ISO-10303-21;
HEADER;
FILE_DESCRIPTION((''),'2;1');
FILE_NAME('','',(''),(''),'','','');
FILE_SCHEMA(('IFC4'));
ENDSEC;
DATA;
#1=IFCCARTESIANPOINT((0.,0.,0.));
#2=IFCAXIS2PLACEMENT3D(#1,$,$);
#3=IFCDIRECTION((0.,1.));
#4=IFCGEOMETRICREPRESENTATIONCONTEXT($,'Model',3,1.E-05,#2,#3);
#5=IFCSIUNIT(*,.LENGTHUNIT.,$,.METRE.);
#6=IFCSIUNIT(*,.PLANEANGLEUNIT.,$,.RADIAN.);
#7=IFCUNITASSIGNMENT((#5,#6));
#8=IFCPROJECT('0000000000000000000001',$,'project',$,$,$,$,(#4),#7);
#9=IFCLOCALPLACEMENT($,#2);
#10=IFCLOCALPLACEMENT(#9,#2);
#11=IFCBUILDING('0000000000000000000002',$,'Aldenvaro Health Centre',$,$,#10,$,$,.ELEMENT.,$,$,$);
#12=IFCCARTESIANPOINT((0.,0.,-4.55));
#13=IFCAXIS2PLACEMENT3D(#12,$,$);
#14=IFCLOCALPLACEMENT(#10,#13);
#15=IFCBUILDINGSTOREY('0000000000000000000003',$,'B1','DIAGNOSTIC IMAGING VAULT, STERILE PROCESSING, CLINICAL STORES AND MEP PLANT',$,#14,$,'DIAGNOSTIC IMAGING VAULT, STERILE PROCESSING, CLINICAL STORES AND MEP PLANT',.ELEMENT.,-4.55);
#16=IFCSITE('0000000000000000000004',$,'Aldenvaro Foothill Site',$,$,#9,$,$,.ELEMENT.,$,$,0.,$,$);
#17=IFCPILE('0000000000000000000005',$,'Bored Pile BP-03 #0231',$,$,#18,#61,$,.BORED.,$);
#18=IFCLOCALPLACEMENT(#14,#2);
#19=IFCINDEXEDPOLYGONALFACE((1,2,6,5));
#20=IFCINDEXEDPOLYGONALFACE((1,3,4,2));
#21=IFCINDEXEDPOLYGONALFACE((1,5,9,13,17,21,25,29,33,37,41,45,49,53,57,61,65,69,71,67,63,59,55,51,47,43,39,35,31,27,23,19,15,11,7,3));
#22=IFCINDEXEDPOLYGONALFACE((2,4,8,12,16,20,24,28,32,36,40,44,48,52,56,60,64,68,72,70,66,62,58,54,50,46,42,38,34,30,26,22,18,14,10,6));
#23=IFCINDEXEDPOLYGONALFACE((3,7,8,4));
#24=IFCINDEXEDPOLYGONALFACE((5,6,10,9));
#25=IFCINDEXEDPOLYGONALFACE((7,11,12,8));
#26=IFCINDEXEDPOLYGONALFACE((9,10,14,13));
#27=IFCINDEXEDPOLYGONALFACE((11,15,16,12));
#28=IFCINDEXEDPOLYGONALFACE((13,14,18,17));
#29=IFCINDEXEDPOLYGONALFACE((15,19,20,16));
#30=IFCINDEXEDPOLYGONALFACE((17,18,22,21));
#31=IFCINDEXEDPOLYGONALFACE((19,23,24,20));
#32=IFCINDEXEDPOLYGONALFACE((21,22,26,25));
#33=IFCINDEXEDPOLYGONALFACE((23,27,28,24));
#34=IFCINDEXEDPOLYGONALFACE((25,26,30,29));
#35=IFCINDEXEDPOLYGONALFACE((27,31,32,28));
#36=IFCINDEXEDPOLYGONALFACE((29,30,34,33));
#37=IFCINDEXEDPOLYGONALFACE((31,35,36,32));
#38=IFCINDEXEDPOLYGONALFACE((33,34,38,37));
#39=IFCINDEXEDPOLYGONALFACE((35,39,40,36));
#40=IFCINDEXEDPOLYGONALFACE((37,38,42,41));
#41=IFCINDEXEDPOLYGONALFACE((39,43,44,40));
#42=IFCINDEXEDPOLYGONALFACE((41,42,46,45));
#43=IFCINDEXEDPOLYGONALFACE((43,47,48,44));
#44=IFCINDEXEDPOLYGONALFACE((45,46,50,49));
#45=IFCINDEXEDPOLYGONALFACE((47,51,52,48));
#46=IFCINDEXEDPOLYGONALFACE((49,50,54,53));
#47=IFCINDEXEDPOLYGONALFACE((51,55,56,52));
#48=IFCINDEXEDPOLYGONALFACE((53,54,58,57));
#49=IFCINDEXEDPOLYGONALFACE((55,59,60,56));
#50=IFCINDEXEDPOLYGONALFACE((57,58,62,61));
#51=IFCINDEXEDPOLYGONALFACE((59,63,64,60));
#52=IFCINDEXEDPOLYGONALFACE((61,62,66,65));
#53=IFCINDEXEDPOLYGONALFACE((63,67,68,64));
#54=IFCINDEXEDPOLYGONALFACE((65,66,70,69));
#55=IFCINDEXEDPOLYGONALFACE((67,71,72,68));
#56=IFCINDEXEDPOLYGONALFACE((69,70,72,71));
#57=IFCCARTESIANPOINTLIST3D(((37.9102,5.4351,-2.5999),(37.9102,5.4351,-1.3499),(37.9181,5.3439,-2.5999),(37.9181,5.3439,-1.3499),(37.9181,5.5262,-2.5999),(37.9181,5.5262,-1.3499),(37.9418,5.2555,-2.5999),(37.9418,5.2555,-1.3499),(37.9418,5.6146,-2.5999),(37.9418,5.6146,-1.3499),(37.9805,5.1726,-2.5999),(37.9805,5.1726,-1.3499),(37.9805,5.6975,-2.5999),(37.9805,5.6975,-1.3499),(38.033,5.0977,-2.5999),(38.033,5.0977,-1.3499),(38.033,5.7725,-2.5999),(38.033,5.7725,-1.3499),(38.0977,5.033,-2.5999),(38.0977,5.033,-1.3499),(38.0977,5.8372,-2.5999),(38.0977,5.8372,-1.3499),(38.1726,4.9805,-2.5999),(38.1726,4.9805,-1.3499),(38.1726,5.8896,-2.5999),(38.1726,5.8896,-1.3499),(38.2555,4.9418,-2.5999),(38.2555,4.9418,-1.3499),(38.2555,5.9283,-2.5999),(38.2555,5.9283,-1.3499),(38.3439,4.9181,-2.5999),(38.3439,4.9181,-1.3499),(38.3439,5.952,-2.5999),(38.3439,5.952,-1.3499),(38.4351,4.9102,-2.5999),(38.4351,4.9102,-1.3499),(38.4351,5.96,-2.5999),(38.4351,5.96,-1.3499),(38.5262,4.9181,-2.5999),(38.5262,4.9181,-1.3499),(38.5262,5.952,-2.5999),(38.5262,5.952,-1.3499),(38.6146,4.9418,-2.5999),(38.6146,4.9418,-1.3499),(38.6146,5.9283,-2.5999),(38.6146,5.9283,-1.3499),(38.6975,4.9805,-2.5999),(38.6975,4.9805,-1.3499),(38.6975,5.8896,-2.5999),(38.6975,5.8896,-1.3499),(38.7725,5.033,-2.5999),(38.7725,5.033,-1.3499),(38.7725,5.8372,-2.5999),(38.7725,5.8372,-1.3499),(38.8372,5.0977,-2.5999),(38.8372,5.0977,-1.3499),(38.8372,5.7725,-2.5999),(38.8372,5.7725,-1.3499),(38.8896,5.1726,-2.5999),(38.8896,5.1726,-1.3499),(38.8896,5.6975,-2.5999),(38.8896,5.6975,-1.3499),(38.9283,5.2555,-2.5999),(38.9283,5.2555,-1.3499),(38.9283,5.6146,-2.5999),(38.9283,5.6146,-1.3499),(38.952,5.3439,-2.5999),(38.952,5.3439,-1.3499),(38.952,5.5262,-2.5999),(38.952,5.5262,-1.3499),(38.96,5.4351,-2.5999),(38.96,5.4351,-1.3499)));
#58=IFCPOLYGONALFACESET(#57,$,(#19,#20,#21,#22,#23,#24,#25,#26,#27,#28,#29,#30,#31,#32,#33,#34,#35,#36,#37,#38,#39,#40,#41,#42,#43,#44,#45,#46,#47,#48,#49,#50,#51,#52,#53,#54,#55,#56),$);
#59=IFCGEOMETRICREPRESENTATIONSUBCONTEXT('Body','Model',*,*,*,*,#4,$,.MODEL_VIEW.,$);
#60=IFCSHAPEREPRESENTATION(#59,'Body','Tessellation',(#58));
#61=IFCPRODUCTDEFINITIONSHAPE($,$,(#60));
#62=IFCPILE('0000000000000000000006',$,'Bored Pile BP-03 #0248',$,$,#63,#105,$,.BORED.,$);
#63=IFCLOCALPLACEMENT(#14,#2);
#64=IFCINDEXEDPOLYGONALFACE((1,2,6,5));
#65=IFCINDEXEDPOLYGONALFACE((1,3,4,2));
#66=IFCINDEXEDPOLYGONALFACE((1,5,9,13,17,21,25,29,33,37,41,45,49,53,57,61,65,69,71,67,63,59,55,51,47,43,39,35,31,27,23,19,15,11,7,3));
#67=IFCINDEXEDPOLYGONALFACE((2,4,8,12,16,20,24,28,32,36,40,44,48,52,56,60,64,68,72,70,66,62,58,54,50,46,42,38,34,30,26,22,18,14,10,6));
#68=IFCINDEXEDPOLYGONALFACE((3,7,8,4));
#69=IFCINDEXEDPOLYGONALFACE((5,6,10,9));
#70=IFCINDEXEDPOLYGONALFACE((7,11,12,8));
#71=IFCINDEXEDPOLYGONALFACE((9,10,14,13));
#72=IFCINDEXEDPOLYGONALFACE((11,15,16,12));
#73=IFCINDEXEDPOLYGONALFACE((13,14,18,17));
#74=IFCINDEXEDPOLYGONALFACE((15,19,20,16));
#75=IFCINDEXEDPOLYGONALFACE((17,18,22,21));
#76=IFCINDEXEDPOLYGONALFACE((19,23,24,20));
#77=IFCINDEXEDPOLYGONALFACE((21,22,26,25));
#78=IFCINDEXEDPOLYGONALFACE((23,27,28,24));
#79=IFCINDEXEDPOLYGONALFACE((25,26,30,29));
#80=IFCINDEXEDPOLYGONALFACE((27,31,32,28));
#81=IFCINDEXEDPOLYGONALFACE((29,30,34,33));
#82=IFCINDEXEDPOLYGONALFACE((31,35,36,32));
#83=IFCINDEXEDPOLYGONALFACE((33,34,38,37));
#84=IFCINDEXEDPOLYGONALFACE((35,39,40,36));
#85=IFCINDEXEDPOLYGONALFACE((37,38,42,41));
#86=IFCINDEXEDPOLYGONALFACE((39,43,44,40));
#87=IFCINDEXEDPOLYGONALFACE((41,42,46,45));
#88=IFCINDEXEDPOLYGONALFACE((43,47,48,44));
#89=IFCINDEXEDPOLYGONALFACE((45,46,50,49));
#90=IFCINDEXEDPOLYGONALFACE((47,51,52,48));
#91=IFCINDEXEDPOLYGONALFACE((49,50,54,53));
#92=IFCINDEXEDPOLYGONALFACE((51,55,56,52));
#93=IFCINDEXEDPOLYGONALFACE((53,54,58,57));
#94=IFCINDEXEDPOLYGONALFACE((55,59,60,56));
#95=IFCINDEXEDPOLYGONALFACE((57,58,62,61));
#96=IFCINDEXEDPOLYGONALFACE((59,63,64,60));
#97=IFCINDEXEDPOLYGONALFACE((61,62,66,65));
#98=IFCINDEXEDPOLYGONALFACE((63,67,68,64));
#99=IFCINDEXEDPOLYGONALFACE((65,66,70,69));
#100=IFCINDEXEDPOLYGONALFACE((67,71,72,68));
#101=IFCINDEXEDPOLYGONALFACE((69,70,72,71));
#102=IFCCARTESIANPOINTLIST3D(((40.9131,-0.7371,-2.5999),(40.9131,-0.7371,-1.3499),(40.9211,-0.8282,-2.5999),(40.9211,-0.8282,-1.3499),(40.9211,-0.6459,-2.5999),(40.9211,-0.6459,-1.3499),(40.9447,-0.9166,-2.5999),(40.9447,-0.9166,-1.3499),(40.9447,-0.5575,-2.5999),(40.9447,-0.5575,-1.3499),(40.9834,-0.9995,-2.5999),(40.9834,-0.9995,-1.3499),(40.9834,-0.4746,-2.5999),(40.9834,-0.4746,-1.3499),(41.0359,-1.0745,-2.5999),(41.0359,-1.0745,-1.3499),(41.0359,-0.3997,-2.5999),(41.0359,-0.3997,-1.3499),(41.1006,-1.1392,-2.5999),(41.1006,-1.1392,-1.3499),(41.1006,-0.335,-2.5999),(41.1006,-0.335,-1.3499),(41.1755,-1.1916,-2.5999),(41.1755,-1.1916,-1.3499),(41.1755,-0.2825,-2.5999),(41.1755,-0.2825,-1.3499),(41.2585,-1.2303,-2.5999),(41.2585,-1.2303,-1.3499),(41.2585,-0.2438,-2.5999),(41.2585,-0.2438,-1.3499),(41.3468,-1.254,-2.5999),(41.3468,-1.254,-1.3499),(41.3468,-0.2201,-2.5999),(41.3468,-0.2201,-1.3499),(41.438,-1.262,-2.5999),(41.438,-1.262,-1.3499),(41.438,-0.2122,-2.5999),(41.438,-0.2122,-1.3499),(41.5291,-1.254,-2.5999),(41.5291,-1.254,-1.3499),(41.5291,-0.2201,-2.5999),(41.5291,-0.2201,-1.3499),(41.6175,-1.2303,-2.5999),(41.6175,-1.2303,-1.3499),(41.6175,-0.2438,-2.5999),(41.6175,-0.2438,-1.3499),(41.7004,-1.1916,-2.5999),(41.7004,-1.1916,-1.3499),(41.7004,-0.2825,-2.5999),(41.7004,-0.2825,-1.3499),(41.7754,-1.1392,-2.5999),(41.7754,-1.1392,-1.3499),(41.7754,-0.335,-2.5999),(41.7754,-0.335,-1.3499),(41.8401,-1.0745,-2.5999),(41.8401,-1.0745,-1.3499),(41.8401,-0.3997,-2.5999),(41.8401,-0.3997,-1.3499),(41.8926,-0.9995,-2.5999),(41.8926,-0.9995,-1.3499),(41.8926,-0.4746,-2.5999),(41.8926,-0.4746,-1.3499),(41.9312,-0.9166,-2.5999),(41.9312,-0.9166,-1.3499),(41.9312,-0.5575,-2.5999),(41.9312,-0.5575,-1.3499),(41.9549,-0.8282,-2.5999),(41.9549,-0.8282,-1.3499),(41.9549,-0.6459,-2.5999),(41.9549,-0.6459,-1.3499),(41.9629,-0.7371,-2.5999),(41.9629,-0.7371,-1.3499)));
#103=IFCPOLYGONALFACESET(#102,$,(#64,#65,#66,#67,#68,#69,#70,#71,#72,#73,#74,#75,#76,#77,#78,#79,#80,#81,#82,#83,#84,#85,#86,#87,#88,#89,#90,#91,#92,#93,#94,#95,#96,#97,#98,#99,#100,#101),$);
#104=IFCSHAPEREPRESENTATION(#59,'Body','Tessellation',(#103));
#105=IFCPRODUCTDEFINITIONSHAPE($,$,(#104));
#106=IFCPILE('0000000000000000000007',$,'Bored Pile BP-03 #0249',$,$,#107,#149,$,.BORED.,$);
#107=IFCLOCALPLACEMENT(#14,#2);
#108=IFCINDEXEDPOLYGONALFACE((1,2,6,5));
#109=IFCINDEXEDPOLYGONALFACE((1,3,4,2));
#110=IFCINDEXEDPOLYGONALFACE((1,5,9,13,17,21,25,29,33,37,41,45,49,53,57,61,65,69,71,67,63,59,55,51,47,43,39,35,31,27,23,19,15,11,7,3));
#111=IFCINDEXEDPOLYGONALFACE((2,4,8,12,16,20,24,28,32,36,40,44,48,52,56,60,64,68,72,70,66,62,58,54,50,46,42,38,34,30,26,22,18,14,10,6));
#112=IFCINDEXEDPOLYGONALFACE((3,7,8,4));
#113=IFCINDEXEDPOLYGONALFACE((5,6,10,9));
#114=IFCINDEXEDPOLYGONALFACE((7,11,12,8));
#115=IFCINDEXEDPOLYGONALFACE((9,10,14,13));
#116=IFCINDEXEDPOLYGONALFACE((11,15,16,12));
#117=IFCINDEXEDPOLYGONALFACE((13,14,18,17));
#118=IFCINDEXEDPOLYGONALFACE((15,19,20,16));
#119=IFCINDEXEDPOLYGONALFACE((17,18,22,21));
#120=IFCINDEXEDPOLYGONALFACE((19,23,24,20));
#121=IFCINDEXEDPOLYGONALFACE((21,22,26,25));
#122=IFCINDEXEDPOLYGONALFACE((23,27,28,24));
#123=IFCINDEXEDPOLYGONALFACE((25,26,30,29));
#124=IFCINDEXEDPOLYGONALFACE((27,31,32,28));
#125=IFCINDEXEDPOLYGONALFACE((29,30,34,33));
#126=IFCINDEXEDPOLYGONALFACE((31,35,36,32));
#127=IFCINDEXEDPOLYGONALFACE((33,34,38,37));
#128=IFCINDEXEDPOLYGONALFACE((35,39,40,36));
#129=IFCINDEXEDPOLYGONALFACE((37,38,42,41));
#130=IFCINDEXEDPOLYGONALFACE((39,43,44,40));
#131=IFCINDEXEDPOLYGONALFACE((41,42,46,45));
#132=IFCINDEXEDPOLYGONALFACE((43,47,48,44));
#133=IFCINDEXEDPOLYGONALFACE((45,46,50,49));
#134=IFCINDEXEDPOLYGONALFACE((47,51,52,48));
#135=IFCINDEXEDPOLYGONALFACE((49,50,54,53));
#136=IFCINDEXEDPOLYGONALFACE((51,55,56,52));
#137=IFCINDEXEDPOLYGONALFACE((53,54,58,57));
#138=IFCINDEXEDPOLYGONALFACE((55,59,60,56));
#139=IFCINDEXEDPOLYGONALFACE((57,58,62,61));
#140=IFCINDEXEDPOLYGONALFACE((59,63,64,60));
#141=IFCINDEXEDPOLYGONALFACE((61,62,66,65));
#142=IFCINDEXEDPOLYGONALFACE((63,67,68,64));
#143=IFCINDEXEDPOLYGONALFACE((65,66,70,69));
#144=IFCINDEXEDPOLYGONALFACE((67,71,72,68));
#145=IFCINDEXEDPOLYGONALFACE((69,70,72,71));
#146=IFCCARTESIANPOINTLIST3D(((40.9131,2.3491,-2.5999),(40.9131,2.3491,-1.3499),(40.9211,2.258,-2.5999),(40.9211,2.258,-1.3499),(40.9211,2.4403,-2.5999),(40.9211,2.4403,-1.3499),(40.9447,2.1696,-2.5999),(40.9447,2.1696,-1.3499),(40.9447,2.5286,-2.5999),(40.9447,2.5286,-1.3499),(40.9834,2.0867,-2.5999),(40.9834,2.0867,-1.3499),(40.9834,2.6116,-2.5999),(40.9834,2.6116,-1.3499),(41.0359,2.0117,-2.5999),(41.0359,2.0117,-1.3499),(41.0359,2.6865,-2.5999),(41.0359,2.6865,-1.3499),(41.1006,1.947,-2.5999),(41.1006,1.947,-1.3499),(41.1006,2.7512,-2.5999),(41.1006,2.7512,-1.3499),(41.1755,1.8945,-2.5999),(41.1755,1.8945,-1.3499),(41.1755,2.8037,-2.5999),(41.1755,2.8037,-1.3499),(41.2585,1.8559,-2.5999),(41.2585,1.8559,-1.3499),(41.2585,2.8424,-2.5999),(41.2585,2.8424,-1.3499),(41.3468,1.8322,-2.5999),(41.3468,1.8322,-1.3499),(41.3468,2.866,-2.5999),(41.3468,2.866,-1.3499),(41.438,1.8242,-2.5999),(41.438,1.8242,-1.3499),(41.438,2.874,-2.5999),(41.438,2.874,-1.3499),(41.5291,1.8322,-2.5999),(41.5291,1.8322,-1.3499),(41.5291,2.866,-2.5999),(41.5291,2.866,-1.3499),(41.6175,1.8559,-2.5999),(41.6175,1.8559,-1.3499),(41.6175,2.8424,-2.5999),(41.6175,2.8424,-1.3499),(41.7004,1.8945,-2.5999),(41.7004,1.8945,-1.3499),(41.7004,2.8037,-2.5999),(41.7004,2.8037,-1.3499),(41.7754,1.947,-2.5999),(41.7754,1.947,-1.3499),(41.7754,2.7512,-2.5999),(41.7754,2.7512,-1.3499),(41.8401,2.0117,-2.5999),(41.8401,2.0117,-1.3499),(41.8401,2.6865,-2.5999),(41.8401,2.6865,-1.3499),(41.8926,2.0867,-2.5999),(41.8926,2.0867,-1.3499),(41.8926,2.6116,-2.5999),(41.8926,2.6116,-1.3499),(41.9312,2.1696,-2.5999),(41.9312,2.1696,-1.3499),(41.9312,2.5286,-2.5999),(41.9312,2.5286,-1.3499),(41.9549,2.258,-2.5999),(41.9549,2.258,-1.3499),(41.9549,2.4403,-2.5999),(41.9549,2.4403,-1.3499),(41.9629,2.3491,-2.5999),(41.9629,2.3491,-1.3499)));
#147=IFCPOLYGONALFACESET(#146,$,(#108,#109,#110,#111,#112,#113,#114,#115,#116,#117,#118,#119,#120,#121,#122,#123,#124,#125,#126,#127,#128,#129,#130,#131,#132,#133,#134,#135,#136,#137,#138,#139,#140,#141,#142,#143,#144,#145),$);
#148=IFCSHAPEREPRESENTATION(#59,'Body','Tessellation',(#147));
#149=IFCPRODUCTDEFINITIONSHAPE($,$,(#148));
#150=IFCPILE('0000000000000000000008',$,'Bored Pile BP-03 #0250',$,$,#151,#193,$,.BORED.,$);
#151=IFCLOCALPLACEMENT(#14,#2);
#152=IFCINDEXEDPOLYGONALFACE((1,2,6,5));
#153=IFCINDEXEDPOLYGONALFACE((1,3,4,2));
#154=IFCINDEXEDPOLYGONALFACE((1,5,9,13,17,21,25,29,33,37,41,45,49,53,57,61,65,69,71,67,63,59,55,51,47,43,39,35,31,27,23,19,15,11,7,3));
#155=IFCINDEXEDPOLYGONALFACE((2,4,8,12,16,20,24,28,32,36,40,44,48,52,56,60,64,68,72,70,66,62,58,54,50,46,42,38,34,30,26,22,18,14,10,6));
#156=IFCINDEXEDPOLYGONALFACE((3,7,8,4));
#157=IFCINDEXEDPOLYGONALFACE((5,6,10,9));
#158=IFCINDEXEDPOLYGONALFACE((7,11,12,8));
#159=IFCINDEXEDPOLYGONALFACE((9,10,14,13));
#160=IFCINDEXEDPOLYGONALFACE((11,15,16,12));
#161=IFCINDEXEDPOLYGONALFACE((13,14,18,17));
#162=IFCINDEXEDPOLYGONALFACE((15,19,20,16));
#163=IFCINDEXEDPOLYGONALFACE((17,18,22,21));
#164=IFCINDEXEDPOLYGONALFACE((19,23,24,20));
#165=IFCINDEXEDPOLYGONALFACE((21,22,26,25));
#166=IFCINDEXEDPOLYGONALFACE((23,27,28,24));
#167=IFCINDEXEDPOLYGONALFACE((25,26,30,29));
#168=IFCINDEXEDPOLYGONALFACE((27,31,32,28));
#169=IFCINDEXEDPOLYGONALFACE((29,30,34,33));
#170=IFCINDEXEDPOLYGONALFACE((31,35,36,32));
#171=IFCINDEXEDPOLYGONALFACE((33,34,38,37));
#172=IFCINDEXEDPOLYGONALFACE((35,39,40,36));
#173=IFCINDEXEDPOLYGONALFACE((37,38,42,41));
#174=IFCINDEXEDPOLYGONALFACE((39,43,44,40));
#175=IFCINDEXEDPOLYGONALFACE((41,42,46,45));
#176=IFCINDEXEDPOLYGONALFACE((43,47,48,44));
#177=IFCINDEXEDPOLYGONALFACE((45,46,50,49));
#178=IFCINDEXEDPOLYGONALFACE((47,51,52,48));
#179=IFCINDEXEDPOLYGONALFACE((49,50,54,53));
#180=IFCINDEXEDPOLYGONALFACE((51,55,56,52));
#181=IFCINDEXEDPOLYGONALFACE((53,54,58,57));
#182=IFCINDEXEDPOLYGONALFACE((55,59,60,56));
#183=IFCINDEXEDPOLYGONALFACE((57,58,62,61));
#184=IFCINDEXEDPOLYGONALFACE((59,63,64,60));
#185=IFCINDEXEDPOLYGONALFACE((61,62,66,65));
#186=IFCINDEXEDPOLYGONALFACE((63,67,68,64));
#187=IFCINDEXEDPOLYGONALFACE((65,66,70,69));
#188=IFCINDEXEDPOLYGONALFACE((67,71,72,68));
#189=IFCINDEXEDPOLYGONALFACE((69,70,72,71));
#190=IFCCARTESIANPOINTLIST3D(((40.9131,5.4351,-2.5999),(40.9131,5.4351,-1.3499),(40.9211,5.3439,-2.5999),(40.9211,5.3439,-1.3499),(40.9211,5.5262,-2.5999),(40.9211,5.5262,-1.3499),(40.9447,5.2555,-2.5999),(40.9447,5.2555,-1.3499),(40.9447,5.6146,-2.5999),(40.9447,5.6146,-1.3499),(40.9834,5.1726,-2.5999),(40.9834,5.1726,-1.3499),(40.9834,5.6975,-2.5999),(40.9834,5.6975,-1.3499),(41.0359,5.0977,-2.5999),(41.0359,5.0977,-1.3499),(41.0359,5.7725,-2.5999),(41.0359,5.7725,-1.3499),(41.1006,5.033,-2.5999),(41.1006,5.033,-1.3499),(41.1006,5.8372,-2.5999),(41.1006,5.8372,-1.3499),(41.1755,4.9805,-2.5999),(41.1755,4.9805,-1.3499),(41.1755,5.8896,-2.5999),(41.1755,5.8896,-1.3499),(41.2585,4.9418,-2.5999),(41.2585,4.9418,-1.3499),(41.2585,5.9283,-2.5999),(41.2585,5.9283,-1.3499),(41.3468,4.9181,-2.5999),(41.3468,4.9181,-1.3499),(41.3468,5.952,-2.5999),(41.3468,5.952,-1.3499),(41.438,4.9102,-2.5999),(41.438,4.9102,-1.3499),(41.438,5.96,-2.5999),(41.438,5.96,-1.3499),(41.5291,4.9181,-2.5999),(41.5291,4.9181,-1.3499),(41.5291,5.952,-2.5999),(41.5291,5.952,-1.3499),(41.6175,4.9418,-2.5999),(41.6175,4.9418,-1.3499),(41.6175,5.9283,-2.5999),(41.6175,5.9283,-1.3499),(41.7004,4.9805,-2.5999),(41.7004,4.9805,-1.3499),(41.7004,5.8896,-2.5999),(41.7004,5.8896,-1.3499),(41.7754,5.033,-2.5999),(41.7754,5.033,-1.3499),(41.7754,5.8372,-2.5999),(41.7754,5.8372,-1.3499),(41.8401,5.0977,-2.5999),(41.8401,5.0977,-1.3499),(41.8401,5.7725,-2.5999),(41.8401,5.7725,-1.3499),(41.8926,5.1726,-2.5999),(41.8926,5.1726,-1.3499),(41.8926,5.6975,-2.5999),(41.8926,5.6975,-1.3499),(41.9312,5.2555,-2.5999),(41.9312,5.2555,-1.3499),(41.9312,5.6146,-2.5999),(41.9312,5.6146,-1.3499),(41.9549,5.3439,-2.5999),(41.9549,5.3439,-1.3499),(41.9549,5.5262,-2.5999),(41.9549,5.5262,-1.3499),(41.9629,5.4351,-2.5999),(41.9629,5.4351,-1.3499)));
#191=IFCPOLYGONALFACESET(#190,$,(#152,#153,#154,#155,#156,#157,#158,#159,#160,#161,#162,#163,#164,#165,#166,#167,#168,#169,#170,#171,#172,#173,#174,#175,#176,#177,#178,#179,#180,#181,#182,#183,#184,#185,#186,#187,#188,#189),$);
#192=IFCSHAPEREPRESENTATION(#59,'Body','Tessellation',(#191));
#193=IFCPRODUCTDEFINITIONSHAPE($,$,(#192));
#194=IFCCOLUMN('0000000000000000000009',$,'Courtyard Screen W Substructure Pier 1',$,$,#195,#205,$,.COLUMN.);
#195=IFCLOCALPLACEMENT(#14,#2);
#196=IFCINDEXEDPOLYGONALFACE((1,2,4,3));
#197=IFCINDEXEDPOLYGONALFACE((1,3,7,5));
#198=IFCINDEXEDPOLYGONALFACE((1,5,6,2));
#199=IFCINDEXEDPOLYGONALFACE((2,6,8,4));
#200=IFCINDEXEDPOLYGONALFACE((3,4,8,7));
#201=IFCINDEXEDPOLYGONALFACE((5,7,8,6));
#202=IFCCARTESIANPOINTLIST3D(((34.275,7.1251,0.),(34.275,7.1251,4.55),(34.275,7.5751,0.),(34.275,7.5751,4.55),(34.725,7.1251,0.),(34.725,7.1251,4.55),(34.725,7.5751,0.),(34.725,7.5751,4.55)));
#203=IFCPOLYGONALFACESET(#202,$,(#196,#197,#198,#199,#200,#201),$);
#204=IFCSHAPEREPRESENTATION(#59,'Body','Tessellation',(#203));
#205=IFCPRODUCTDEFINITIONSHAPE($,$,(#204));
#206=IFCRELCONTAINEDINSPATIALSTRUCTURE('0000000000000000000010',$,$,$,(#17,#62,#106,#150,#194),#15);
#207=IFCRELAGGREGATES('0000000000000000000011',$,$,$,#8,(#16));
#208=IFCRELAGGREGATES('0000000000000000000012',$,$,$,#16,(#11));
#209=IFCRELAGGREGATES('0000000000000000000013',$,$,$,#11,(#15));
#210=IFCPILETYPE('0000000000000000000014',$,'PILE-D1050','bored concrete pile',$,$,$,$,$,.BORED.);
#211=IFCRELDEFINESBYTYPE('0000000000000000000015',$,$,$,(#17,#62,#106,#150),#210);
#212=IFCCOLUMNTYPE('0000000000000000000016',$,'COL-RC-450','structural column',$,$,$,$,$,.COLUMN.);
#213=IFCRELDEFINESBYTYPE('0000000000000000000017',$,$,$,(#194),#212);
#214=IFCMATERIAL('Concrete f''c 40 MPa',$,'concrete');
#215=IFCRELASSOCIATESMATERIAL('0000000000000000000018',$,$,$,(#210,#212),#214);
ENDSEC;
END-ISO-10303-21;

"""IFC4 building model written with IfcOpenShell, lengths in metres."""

from ifc_helpers import new_model, si_unit, direction, frame, origin, origin_2d, place, context, subcontext, project, spatial, rectangle, circle, extrude, material, material_profile, profile_set, type_object, element, save


model = new_model("IFC4")

# Units and contexts
model_context = context("Model", 3, precision=1e-05, world=origin(), true_north=direction((0.0, 1.0)))
body_context = subcontext(model_context, "Body", "Model", "MODEL_VIEW")
ifc_project = project(units=[si_unit("LENGTHUNIT", "METRE"), si_unit("PLANEANGLEUNIT", "RADIAN")], contexts=[model_context])

# Site, building, storey
site_placement = place(None, origin())
site = spatial("IfcSite", under=ifc_project, at=site_placement, Name="Aldenvaro Foothill Site", CompositionType="ELEMENT", RefElevation=0.0)
building_placement = place(site_placement, origin())
building = spatial("IfcBuilding", under=site, at=building_placement, Name="Aldenvaro Health Centre", CompositionType="ELEMENT")
storey_placement = place(building_placement, frame((0.0, 0.0, -4.55)))
storey = spatial("IfcBuildingStorey", under=building, at=storey_placement, Name="B1", Description="DIAGNOSTIC IMAGING VAULT, STERILE PROCESSING, CLINICAL STORES AND MEP PLANT", LongName="DIAGNOSTIC IMAGING VAULT, STERILE PROCESSING, CLINICAL STORES AND MEP PLANT", CompositionType="ELEMENT", Elevation=-4.55)

# Piles
ifc_material = material(Name="Concrete f'c 40 MPa", Category="concrete")
ifc_material_profile_1 = material_profile(ifc_material, circle(Radius=0.5249, at=origin_2d()), Name="PILE D1050", Category="concrete")
ifc_profile_set_1 = profile_set([ifc_material_profile_1], Name="Concrete f'c 40 MPa")
pile_type = type_object("IfcPileType", Name="PILE-D1050", Description="bored concrete pile", PredefinedType="BORED", material=ifc_profile_set_1)
for number, where, z_axis, x_axis, name in (
    (1, (38.4351, 5.4351, -1.3499), (0.0, 0.0, -1.0), (1.0, 0.0, 0.0), "Bored Pile BP-03 #0231"),
    (2, (41.438, -0.7371, -1.3499), (0.0, 0.0, -1.0), (1.0, 0.0, 0.0), "Bored Pile BP-03 #0248"),
    (3, (41.438, 2.3491, -1.3499), (0.0, 0.0, -1.0), (1.0, 0.0, 0.0), "Bored Pile BP-03 #0249"),
    (4, (41.438, 5.4351, -1.3499), (0.0, 0.0, -1.0), (1.0, 0.0, 0.0), "Bored Pile BP-03 #0250"),
):
    element("IfcPile", number, at=place(storey_placement, frame(where, z_axis=z_axis, x_axis=x_axis)), inside=storey, type_object=pile_type, Name=name, PredefinedType="BORED", context=body_context, shape_type="SweptSolid", body=[
        extrude(circle(Radius=0.5249, at=origin_2d()), origin(), (0.0, 0.0, 1.0), 1.25),
    ])

# Column
ifc_material_profile_2 = material_profile(ifc_material, rectangle(XDim=0.45, YDim=0.45, at=origin_2d()), Name="RC 450x450", Category="concrete")
ifc_profile_set_2 = profile_set([ifc_material_profile_2], Name="Concrete f'c 40 MPa")
column_type_1 = type_object("IfcColumnType", Name="COL-RC-450", Description="structural column", PredefinedType="COLUMN", material=ifc_profile_set_2)
column_placement = place(storey_placement, frame((34.5, 7.3501, 0.0), z_axis=(0.0, 0.0, 1.0), x_axis=(1.0, 0.0, 0.0)))
element("IfcColumn", 5, at=column_placement, inside=storey, type_object=column_type_1, Name="Courtyard Screen W Substructure Pier 1", PredefinedType="COLUMN", context=body_context, shape_type="SweptSolid", body=[
    extrude(rectangle(XDim=0.45, YDim=0.45, at=origin_2d()), origin(), (0.0, 0.0, 1.0), 4.55),
])

save(model, "model.ifc")
